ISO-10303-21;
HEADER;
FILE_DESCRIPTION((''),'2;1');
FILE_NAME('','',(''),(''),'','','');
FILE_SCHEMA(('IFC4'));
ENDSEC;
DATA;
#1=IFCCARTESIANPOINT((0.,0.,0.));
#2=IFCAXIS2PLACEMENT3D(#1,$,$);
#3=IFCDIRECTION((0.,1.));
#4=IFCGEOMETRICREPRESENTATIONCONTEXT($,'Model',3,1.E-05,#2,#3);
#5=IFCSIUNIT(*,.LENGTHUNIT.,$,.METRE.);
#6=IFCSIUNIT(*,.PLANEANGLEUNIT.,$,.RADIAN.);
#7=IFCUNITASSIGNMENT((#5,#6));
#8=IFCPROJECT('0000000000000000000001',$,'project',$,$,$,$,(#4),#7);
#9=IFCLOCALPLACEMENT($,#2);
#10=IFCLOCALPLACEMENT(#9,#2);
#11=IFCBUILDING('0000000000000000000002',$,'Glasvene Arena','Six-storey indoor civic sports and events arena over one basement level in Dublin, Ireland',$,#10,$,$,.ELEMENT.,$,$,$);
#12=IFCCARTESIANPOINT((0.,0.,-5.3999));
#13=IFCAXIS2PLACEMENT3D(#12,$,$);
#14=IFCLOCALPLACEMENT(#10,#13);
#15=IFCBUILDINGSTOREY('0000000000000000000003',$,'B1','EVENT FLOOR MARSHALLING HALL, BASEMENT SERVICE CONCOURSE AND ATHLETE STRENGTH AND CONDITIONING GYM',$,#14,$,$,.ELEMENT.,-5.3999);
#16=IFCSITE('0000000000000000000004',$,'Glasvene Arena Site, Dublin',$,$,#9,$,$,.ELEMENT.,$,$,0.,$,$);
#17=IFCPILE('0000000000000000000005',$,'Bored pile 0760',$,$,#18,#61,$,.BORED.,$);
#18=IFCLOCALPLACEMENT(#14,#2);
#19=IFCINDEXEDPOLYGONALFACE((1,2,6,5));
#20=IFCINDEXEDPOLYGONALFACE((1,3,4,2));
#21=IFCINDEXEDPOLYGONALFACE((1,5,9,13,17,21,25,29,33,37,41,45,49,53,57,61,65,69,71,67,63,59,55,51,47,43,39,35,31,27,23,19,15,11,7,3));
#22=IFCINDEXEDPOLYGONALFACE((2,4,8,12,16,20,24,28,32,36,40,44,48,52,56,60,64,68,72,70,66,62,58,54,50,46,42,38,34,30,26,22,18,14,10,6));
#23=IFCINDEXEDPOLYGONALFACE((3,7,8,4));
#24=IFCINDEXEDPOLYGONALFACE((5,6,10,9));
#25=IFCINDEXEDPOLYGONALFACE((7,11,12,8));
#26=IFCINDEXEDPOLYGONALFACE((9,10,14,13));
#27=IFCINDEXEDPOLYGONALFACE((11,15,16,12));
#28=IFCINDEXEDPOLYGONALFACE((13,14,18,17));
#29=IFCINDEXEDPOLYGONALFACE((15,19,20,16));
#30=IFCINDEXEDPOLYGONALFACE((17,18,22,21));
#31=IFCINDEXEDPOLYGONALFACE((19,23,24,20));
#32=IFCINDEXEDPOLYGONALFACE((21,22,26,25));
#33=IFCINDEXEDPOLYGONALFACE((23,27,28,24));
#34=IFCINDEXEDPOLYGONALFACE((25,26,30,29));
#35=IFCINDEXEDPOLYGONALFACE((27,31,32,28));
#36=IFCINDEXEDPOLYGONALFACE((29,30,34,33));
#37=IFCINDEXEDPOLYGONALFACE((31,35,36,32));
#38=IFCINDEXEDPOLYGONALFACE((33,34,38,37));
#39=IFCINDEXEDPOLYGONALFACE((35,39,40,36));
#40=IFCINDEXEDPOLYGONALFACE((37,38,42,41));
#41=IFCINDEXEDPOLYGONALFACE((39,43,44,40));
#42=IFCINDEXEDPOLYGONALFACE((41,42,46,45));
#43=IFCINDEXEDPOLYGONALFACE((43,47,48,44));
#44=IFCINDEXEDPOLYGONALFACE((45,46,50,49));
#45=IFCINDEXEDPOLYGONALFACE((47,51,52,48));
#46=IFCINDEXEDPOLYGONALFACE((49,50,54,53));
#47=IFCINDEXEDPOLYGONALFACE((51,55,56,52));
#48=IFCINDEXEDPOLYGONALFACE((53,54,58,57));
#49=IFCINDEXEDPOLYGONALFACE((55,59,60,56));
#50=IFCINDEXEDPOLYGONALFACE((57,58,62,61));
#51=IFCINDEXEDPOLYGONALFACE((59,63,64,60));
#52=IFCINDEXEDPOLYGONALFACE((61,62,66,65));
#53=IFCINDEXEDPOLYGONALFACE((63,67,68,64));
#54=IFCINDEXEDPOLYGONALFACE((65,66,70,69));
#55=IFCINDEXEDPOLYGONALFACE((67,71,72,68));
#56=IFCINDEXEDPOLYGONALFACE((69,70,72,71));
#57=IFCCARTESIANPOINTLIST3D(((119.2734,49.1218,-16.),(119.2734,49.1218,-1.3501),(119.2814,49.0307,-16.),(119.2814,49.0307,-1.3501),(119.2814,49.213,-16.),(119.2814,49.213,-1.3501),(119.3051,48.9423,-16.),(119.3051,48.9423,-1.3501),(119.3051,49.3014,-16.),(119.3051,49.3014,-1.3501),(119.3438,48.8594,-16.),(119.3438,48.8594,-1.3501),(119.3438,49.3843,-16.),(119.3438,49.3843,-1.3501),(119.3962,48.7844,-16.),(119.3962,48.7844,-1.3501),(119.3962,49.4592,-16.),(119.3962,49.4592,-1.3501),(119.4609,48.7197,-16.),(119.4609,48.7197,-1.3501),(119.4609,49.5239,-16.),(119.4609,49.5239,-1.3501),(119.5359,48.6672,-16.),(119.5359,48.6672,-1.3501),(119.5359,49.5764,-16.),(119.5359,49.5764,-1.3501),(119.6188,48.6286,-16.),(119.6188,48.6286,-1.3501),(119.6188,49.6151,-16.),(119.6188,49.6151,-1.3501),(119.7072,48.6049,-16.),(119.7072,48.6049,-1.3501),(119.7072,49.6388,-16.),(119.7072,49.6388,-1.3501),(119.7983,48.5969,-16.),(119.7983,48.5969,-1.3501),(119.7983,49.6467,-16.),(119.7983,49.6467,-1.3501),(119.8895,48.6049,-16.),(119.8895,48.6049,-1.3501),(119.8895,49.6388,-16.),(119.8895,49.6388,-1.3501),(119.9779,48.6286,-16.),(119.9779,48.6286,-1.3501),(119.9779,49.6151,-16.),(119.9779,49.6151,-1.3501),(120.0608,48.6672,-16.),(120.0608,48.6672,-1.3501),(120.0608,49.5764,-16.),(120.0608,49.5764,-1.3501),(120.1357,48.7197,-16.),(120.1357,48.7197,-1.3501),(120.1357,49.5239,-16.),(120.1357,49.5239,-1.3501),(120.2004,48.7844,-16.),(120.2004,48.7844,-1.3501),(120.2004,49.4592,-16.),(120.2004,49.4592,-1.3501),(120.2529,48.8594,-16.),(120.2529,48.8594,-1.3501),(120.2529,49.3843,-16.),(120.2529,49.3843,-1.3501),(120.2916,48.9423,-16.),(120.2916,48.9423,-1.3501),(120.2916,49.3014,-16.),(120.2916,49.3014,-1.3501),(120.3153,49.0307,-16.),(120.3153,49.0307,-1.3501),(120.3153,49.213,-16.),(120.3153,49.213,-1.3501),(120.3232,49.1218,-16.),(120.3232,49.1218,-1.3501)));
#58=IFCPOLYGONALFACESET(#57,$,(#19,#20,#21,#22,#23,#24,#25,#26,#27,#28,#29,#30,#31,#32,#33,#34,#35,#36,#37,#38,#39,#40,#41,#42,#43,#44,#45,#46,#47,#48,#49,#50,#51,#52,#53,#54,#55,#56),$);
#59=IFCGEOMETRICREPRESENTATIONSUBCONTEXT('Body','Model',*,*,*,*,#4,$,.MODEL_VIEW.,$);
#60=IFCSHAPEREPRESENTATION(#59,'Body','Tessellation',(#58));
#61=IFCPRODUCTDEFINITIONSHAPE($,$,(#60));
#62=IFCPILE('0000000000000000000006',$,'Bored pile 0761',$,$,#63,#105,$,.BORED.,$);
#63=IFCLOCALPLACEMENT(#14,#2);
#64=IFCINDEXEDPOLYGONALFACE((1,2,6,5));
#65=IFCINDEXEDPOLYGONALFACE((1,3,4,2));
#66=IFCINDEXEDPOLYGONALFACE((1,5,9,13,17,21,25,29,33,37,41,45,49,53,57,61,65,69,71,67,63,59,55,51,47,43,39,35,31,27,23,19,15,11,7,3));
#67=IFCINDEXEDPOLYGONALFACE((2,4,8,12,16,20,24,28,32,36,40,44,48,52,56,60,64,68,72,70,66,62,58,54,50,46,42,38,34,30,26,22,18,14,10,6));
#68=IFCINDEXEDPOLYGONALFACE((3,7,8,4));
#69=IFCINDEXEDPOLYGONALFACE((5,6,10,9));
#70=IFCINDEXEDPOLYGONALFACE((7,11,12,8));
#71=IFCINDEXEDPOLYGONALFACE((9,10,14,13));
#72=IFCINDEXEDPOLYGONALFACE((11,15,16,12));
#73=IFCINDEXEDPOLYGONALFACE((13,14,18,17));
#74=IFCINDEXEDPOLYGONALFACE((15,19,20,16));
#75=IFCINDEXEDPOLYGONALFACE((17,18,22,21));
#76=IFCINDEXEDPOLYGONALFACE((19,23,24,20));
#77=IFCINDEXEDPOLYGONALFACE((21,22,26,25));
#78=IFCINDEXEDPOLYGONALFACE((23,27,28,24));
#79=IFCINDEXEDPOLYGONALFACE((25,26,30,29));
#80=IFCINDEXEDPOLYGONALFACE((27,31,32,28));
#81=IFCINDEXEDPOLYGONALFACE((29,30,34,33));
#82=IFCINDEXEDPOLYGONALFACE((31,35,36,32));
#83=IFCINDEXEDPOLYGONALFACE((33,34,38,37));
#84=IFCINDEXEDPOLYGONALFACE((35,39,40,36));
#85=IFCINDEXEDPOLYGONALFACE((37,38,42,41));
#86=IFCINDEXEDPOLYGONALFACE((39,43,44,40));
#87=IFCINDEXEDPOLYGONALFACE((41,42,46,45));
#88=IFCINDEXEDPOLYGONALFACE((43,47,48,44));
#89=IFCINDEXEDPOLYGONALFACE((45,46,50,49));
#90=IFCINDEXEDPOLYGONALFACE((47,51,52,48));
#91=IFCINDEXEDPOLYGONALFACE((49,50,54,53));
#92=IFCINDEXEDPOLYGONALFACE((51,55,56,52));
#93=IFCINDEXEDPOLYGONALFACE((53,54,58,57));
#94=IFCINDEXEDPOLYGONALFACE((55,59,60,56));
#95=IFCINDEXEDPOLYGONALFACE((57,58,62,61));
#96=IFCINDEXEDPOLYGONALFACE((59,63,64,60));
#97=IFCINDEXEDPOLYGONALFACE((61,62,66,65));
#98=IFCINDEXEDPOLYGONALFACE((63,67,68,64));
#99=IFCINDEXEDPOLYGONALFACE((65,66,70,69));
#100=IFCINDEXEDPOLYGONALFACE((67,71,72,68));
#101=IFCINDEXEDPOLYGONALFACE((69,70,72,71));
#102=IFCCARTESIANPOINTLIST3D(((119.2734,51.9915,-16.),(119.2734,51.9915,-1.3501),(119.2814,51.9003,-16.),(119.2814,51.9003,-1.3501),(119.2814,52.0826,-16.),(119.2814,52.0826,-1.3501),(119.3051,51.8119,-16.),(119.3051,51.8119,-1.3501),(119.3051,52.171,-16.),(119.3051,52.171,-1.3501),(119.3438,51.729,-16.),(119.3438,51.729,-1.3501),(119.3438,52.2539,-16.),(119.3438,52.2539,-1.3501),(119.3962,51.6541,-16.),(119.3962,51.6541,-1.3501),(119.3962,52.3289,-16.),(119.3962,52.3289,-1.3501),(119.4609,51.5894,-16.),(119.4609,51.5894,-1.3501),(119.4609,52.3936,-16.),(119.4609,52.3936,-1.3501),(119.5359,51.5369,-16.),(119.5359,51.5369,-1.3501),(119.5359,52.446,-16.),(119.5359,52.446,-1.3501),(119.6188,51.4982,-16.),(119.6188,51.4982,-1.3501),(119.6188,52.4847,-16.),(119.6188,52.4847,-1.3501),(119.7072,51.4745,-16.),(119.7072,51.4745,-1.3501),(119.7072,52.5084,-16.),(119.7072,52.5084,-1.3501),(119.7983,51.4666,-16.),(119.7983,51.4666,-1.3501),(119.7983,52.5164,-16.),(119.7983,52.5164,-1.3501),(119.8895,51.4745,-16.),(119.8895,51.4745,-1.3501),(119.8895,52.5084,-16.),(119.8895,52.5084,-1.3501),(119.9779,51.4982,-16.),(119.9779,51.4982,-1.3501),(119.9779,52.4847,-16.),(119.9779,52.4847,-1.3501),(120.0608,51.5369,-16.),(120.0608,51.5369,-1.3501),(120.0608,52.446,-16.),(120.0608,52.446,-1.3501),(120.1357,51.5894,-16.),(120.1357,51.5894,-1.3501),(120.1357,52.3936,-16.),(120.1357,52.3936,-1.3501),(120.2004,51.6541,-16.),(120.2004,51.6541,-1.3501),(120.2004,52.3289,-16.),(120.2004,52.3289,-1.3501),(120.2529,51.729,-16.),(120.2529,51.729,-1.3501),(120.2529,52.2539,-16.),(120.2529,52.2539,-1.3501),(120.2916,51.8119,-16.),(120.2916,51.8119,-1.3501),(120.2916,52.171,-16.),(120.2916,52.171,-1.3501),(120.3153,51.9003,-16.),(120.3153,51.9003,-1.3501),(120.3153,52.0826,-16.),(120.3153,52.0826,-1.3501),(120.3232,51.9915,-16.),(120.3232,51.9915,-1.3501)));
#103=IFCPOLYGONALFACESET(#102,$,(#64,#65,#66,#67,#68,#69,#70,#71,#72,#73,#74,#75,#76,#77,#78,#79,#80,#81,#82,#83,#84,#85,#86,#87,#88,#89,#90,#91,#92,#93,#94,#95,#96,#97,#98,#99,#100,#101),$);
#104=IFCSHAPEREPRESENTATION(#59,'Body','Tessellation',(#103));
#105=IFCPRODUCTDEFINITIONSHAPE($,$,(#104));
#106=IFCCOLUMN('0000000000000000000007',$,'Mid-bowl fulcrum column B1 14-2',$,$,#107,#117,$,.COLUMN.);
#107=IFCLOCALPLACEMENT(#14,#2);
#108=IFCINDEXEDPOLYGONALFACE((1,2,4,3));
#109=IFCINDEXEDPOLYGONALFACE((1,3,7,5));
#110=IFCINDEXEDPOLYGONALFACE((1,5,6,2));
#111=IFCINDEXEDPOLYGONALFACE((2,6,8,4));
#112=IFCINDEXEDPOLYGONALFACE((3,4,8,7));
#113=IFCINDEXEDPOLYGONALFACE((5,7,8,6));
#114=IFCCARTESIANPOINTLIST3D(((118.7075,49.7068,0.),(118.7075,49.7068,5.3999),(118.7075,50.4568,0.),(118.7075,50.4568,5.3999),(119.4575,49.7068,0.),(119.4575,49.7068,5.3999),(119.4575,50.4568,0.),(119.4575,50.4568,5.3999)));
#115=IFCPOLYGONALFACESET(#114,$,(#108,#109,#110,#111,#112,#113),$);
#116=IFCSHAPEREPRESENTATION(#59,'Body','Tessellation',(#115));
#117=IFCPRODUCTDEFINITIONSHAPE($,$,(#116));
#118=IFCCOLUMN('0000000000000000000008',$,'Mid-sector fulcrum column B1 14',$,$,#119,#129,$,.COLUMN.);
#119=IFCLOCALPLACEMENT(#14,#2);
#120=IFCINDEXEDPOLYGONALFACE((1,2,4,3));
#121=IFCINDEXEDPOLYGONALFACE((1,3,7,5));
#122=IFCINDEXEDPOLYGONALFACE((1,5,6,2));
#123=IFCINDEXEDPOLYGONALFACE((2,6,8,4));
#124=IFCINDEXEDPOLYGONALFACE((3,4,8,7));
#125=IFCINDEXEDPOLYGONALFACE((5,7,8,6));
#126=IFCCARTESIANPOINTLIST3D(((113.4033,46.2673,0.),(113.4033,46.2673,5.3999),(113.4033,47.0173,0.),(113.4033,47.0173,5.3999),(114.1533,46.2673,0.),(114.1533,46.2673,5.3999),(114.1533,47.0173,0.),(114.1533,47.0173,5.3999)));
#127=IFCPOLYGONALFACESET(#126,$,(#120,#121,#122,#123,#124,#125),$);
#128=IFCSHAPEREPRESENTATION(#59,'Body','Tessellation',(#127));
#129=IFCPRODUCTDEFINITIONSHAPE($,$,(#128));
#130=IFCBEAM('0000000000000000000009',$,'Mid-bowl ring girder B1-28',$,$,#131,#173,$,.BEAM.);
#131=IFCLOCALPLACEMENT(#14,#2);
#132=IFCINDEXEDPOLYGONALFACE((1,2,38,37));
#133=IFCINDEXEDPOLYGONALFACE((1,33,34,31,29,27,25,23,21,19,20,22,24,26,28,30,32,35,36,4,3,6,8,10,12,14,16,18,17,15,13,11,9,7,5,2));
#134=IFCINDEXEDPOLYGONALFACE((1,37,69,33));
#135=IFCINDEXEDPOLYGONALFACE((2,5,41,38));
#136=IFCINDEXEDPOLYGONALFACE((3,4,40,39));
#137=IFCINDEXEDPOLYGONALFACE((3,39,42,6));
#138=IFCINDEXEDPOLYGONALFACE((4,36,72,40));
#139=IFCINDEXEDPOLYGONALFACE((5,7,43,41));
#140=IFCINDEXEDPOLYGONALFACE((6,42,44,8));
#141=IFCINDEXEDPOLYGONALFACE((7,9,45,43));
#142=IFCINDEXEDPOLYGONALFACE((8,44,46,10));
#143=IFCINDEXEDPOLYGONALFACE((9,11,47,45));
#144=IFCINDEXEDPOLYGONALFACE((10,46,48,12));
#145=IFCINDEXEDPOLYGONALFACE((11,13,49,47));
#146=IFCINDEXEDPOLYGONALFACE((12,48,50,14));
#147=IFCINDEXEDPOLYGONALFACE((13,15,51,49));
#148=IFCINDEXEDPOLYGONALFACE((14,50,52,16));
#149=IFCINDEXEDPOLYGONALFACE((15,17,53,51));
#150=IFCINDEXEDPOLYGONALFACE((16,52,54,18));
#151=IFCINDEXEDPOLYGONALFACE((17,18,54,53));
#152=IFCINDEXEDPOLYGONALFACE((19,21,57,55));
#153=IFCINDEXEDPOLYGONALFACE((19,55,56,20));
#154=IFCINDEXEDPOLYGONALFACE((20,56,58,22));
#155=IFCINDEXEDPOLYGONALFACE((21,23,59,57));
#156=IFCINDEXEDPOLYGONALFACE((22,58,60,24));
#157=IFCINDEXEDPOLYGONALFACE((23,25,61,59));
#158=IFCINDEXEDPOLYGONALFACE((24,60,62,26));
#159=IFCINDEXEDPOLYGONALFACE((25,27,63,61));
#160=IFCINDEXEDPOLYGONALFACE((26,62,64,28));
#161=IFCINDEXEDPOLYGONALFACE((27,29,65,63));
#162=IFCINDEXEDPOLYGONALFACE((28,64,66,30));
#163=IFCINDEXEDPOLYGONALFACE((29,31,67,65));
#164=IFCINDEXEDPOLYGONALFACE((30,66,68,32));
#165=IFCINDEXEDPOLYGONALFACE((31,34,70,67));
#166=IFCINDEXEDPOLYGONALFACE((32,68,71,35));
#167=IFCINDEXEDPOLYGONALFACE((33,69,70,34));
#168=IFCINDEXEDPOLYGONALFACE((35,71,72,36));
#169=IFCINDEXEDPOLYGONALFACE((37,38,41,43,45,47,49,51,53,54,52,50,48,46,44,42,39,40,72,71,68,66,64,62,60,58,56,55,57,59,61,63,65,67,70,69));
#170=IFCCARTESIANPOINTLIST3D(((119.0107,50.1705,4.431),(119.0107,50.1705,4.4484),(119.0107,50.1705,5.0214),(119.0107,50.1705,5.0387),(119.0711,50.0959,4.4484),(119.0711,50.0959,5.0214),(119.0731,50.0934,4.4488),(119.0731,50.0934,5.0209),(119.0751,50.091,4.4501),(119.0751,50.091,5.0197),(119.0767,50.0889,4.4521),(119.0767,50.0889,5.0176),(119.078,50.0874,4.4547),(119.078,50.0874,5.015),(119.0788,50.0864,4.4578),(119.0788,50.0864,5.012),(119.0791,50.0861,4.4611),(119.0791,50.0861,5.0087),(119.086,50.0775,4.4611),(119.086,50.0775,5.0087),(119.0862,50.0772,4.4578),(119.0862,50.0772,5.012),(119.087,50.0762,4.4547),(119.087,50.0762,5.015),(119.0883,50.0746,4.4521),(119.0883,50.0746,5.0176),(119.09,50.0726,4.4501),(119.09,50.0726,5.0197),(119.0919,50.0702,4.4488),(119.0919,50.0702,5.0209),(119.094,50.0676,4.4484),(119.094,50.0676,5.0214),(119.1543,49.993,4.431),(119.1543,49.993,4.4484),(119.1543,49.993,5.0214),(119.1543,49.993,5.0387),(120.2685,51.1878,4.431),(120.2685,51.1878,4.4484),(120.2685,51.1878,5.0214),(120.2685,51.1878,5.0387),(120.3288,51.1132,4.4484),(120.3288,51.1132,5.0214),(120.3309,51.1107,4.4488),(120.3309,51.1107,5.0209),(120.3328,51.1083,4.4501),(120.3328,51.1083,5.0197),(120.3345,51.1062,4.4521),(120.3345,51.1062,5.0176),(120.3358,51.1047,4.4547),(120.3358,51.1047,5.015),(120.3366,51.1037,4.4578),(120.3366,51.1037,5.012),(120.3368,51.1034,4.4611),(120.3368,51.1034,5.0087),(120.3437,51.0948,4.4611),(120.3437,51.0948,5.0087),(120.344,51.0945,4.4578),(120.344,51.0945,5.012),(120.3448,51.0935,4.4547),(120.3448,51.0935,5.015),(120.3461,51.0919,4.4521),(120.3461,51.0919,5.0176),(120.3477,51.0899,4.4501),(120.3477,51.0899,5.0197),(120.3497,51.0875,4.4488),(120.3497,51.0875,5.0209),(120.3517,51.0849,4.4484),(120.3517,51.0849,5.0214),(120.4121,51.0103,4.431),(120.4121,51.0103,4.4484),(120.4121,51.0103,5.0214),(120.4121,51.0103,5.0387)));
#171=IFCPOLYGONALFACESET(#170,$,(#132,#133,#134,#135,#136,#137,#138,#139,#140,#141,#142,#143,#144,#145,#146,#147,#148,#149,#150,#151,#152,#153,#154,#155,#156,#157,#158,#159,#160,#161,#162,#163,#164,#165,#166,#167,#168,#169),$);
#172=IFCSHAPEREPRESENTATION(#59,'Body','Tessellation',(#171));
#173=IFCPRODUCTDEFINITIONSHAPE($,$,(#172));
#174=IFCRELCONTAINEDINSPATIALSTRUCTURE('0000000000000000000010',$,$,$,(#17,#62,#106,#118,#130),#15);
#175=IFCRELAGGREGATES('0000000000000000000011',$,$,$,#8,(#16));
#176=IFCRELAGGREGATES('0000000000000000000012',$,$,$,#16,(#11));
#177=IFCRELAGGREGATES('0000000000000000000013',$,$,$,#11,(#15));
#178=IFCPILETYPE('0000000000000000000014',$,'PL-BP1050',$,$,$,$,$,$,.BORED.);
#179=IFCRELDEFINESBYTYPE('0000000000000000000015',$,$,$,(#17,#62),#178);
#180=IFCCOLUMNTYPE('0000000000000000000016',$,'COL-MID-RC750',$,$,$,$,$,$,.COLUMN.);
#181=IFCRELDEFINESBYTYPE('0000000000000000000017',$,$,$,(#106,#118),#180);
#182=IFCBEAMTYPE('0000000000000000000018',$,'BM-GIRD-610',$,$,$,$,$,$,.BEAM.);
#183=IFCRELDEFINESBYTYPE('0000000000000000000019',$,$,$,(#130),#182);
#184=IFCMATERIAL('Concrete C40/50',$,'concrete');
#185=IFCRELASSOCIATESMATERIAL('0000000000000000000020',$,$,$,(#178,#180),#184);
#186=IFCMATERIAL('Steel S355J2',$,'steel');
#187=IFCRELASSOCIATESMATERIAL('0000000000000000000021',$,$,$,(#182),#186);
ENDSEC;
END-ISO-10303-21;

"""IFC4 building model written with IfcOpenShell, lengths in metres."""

from ifc_helpers import new_model, si_unit, direction, frame, origin, origin_2d, place, context, subcontext, project, spatial, rectangle, circle, i_section, extrude, material, material_profile, profile_set, type_object, element, save


model = new_model("IFC4")

# Units and contexts
model_context = context("Model", 3, precision=1e-05, world=origin(), true_north=direction((0.0, 1.0)))
body_context = subcontext(model_context, "Body", "Model", "MODEL_VIEW")
ifc_project = project(units=[si_unit("LENGTHUNIT", "METRE"), si_unit("PLANEANGLEUNIT", "RADIAN")], contexts=[model_context])

# Site, building, storey
site_placement = place(None, origin())
site = spatial("IfcSite", under=ifc_project, at=site_placement, Name="Glasvene Arena Site, Dublin", CompositionType="ELEMENT", RefElevation=0.0)
building_placement = place(site_placement, origin())
building = spatial("IfcBuilding", under=site, at=building_placement, Name="Glasvene Arena", Description="Six-storey indoor civic sports and events arena over one basement level in Dublin, Ireland", CompositionType="ELEMENT")
storey_placement = place(building_placement, frame((0.0, 0.0, -5.3999)))
storey = spatial("IfcBuildingStorey", under=building, at=storey_placement, Name="B1", Description="EVENT FLOOR MARSHALLING HALL, BASEMENT SERVICE CONCOURSE AND ATHLETE STRENGTH AND CONDITIONING GYM", CompositionType="ELEMENT", Elevation=-5.3999)

# Piles
ifc_material_1 = material(Name="Concrete C40/50", Category="concrete")
ifc_material_profile_1 = material_profile(ifc_material_1, circle(Radius=0.5249, at=origin_2d()), Name="BORED PILE 1050")
ifc_profile_set_1 = profile_set([ifc_material_profile_1], Name="Concrete C40/50")
pile_type = type_object("IfcPileType", Name="PL-BP1050", PredefinedType="BORED", material=ifc_profile_set_1)
for number, where, z_axis, x_axis, name in (
    (1, (119.7983, 49.1218, -1.3501), (0.0, 0.0, -1.0), (1.0, 0.0, 0.0), "Bored pile 0760"),
    (2, (119.7983, 51.9915, -1.3501), (0.0, 0.0, -1.0), (1.0, 0.0, 0.0), "Bored pile 0761"),
):
    element("IfcPile", number, at=place(storey_placement, frame(where, z_axis=z_axis, x_axis=x_axis)), inside=storey, type_object=pile_type, Name=name, PredefinedType="BORED", context=body_context, shape_type="SweptSolid", body=[
        extrude(circle(Radius=0.5249, at=origin_2d()), origin(), (0.0, 0.0, 1.0), 14.6499),
    ])

# Columns
ifc_material_profile_2 = material_profile(ifc_material_1, rectangle(XDim=0.75, YDim=0.75, at=origin_2d()), Name="RC 750x750")
ifc_profile_set_2 = profile_set([ifc_material_profile_2], Name="Concrete C40/50")
column_type = type_object("IfcColumnType", Name="COL-MID-RC750", PredefinedType="COLUMN", material=ifc_profile_set_2)
for number, where, z_axis, x_axis, name in (
    (3, (119.0825, 50.0818, 0.0), (0.0, 0.0, 1.0), (1.0, 0.0, 0.0), "Mid-bowl fulcrum column B1 14-2"),
    (4, (113.7783, 46.6423, 0.0), (0.0, 0.0, 1.0), (1.0, 0.0, 0.0), "Mid-sector fulcrum column B1 14"),
):
    element("IfcColumn", number, at=place(storey_placement, frame(where, z_axis=z_axis, x_axis=x_axis)), inside=storey, type_object=column_type, Name=name, PredefinedType="COLUMN", context=body_context, shape_type="SweptSolid", body=[
        extrude(rectangle(XDim=0.75, YDim=0.75, at=origin_2d()), origin(), (0.0, 0.0, 1.0), 5.3999),
    ])

# Beam
ifc_material_2 = material(Name="Steel S355J2", Category="steel")
ifc_material_profile_3 = material_profile(ifc_material_2, i_section(OverallWidth=0.2283, OverallDepth=0.6077, WebThickness=0.011, FlangeThickness=0.0173, FilletRadius=0.0127, at=origin_2d()), Name="UKB 610x229x113")
ifc_profile_set_3 = profile_set([ifc_material_profile_3], Name="Steel S355J2")
beam_type_1 = type_object("IfcBeamType", Name="BM-GIRD-610", PredefinedType="BEAM", material=ifc_profile_set_3)
beam_1_placement = place(storey_placement, frame((119.0825, 50.0818, 4.7349), z_axis=(0.777515, 0.628864, 0.0), x_axis=(-0.628864, 0.777515, 0.0)))
element("IfcBeam", 5, at=beam_1_placement, inside=storey, type_object=beam_type_1, Name="Mid-bowl ring girder B1-28", PredefinedType="BEAM", context=body_context, shape_type="SweptSolid", body=[
    extrude(i_section(OverallWidth=0.2283, OverallDepth=0.6077, WebThickness=0.011, FlangeThickness=0.0173, FilletRadius=0.0127, at=origin_2d()), origin(), (0.0, 0.0, 1.0), 1.6177),
])

save(model, "model.ifc")
